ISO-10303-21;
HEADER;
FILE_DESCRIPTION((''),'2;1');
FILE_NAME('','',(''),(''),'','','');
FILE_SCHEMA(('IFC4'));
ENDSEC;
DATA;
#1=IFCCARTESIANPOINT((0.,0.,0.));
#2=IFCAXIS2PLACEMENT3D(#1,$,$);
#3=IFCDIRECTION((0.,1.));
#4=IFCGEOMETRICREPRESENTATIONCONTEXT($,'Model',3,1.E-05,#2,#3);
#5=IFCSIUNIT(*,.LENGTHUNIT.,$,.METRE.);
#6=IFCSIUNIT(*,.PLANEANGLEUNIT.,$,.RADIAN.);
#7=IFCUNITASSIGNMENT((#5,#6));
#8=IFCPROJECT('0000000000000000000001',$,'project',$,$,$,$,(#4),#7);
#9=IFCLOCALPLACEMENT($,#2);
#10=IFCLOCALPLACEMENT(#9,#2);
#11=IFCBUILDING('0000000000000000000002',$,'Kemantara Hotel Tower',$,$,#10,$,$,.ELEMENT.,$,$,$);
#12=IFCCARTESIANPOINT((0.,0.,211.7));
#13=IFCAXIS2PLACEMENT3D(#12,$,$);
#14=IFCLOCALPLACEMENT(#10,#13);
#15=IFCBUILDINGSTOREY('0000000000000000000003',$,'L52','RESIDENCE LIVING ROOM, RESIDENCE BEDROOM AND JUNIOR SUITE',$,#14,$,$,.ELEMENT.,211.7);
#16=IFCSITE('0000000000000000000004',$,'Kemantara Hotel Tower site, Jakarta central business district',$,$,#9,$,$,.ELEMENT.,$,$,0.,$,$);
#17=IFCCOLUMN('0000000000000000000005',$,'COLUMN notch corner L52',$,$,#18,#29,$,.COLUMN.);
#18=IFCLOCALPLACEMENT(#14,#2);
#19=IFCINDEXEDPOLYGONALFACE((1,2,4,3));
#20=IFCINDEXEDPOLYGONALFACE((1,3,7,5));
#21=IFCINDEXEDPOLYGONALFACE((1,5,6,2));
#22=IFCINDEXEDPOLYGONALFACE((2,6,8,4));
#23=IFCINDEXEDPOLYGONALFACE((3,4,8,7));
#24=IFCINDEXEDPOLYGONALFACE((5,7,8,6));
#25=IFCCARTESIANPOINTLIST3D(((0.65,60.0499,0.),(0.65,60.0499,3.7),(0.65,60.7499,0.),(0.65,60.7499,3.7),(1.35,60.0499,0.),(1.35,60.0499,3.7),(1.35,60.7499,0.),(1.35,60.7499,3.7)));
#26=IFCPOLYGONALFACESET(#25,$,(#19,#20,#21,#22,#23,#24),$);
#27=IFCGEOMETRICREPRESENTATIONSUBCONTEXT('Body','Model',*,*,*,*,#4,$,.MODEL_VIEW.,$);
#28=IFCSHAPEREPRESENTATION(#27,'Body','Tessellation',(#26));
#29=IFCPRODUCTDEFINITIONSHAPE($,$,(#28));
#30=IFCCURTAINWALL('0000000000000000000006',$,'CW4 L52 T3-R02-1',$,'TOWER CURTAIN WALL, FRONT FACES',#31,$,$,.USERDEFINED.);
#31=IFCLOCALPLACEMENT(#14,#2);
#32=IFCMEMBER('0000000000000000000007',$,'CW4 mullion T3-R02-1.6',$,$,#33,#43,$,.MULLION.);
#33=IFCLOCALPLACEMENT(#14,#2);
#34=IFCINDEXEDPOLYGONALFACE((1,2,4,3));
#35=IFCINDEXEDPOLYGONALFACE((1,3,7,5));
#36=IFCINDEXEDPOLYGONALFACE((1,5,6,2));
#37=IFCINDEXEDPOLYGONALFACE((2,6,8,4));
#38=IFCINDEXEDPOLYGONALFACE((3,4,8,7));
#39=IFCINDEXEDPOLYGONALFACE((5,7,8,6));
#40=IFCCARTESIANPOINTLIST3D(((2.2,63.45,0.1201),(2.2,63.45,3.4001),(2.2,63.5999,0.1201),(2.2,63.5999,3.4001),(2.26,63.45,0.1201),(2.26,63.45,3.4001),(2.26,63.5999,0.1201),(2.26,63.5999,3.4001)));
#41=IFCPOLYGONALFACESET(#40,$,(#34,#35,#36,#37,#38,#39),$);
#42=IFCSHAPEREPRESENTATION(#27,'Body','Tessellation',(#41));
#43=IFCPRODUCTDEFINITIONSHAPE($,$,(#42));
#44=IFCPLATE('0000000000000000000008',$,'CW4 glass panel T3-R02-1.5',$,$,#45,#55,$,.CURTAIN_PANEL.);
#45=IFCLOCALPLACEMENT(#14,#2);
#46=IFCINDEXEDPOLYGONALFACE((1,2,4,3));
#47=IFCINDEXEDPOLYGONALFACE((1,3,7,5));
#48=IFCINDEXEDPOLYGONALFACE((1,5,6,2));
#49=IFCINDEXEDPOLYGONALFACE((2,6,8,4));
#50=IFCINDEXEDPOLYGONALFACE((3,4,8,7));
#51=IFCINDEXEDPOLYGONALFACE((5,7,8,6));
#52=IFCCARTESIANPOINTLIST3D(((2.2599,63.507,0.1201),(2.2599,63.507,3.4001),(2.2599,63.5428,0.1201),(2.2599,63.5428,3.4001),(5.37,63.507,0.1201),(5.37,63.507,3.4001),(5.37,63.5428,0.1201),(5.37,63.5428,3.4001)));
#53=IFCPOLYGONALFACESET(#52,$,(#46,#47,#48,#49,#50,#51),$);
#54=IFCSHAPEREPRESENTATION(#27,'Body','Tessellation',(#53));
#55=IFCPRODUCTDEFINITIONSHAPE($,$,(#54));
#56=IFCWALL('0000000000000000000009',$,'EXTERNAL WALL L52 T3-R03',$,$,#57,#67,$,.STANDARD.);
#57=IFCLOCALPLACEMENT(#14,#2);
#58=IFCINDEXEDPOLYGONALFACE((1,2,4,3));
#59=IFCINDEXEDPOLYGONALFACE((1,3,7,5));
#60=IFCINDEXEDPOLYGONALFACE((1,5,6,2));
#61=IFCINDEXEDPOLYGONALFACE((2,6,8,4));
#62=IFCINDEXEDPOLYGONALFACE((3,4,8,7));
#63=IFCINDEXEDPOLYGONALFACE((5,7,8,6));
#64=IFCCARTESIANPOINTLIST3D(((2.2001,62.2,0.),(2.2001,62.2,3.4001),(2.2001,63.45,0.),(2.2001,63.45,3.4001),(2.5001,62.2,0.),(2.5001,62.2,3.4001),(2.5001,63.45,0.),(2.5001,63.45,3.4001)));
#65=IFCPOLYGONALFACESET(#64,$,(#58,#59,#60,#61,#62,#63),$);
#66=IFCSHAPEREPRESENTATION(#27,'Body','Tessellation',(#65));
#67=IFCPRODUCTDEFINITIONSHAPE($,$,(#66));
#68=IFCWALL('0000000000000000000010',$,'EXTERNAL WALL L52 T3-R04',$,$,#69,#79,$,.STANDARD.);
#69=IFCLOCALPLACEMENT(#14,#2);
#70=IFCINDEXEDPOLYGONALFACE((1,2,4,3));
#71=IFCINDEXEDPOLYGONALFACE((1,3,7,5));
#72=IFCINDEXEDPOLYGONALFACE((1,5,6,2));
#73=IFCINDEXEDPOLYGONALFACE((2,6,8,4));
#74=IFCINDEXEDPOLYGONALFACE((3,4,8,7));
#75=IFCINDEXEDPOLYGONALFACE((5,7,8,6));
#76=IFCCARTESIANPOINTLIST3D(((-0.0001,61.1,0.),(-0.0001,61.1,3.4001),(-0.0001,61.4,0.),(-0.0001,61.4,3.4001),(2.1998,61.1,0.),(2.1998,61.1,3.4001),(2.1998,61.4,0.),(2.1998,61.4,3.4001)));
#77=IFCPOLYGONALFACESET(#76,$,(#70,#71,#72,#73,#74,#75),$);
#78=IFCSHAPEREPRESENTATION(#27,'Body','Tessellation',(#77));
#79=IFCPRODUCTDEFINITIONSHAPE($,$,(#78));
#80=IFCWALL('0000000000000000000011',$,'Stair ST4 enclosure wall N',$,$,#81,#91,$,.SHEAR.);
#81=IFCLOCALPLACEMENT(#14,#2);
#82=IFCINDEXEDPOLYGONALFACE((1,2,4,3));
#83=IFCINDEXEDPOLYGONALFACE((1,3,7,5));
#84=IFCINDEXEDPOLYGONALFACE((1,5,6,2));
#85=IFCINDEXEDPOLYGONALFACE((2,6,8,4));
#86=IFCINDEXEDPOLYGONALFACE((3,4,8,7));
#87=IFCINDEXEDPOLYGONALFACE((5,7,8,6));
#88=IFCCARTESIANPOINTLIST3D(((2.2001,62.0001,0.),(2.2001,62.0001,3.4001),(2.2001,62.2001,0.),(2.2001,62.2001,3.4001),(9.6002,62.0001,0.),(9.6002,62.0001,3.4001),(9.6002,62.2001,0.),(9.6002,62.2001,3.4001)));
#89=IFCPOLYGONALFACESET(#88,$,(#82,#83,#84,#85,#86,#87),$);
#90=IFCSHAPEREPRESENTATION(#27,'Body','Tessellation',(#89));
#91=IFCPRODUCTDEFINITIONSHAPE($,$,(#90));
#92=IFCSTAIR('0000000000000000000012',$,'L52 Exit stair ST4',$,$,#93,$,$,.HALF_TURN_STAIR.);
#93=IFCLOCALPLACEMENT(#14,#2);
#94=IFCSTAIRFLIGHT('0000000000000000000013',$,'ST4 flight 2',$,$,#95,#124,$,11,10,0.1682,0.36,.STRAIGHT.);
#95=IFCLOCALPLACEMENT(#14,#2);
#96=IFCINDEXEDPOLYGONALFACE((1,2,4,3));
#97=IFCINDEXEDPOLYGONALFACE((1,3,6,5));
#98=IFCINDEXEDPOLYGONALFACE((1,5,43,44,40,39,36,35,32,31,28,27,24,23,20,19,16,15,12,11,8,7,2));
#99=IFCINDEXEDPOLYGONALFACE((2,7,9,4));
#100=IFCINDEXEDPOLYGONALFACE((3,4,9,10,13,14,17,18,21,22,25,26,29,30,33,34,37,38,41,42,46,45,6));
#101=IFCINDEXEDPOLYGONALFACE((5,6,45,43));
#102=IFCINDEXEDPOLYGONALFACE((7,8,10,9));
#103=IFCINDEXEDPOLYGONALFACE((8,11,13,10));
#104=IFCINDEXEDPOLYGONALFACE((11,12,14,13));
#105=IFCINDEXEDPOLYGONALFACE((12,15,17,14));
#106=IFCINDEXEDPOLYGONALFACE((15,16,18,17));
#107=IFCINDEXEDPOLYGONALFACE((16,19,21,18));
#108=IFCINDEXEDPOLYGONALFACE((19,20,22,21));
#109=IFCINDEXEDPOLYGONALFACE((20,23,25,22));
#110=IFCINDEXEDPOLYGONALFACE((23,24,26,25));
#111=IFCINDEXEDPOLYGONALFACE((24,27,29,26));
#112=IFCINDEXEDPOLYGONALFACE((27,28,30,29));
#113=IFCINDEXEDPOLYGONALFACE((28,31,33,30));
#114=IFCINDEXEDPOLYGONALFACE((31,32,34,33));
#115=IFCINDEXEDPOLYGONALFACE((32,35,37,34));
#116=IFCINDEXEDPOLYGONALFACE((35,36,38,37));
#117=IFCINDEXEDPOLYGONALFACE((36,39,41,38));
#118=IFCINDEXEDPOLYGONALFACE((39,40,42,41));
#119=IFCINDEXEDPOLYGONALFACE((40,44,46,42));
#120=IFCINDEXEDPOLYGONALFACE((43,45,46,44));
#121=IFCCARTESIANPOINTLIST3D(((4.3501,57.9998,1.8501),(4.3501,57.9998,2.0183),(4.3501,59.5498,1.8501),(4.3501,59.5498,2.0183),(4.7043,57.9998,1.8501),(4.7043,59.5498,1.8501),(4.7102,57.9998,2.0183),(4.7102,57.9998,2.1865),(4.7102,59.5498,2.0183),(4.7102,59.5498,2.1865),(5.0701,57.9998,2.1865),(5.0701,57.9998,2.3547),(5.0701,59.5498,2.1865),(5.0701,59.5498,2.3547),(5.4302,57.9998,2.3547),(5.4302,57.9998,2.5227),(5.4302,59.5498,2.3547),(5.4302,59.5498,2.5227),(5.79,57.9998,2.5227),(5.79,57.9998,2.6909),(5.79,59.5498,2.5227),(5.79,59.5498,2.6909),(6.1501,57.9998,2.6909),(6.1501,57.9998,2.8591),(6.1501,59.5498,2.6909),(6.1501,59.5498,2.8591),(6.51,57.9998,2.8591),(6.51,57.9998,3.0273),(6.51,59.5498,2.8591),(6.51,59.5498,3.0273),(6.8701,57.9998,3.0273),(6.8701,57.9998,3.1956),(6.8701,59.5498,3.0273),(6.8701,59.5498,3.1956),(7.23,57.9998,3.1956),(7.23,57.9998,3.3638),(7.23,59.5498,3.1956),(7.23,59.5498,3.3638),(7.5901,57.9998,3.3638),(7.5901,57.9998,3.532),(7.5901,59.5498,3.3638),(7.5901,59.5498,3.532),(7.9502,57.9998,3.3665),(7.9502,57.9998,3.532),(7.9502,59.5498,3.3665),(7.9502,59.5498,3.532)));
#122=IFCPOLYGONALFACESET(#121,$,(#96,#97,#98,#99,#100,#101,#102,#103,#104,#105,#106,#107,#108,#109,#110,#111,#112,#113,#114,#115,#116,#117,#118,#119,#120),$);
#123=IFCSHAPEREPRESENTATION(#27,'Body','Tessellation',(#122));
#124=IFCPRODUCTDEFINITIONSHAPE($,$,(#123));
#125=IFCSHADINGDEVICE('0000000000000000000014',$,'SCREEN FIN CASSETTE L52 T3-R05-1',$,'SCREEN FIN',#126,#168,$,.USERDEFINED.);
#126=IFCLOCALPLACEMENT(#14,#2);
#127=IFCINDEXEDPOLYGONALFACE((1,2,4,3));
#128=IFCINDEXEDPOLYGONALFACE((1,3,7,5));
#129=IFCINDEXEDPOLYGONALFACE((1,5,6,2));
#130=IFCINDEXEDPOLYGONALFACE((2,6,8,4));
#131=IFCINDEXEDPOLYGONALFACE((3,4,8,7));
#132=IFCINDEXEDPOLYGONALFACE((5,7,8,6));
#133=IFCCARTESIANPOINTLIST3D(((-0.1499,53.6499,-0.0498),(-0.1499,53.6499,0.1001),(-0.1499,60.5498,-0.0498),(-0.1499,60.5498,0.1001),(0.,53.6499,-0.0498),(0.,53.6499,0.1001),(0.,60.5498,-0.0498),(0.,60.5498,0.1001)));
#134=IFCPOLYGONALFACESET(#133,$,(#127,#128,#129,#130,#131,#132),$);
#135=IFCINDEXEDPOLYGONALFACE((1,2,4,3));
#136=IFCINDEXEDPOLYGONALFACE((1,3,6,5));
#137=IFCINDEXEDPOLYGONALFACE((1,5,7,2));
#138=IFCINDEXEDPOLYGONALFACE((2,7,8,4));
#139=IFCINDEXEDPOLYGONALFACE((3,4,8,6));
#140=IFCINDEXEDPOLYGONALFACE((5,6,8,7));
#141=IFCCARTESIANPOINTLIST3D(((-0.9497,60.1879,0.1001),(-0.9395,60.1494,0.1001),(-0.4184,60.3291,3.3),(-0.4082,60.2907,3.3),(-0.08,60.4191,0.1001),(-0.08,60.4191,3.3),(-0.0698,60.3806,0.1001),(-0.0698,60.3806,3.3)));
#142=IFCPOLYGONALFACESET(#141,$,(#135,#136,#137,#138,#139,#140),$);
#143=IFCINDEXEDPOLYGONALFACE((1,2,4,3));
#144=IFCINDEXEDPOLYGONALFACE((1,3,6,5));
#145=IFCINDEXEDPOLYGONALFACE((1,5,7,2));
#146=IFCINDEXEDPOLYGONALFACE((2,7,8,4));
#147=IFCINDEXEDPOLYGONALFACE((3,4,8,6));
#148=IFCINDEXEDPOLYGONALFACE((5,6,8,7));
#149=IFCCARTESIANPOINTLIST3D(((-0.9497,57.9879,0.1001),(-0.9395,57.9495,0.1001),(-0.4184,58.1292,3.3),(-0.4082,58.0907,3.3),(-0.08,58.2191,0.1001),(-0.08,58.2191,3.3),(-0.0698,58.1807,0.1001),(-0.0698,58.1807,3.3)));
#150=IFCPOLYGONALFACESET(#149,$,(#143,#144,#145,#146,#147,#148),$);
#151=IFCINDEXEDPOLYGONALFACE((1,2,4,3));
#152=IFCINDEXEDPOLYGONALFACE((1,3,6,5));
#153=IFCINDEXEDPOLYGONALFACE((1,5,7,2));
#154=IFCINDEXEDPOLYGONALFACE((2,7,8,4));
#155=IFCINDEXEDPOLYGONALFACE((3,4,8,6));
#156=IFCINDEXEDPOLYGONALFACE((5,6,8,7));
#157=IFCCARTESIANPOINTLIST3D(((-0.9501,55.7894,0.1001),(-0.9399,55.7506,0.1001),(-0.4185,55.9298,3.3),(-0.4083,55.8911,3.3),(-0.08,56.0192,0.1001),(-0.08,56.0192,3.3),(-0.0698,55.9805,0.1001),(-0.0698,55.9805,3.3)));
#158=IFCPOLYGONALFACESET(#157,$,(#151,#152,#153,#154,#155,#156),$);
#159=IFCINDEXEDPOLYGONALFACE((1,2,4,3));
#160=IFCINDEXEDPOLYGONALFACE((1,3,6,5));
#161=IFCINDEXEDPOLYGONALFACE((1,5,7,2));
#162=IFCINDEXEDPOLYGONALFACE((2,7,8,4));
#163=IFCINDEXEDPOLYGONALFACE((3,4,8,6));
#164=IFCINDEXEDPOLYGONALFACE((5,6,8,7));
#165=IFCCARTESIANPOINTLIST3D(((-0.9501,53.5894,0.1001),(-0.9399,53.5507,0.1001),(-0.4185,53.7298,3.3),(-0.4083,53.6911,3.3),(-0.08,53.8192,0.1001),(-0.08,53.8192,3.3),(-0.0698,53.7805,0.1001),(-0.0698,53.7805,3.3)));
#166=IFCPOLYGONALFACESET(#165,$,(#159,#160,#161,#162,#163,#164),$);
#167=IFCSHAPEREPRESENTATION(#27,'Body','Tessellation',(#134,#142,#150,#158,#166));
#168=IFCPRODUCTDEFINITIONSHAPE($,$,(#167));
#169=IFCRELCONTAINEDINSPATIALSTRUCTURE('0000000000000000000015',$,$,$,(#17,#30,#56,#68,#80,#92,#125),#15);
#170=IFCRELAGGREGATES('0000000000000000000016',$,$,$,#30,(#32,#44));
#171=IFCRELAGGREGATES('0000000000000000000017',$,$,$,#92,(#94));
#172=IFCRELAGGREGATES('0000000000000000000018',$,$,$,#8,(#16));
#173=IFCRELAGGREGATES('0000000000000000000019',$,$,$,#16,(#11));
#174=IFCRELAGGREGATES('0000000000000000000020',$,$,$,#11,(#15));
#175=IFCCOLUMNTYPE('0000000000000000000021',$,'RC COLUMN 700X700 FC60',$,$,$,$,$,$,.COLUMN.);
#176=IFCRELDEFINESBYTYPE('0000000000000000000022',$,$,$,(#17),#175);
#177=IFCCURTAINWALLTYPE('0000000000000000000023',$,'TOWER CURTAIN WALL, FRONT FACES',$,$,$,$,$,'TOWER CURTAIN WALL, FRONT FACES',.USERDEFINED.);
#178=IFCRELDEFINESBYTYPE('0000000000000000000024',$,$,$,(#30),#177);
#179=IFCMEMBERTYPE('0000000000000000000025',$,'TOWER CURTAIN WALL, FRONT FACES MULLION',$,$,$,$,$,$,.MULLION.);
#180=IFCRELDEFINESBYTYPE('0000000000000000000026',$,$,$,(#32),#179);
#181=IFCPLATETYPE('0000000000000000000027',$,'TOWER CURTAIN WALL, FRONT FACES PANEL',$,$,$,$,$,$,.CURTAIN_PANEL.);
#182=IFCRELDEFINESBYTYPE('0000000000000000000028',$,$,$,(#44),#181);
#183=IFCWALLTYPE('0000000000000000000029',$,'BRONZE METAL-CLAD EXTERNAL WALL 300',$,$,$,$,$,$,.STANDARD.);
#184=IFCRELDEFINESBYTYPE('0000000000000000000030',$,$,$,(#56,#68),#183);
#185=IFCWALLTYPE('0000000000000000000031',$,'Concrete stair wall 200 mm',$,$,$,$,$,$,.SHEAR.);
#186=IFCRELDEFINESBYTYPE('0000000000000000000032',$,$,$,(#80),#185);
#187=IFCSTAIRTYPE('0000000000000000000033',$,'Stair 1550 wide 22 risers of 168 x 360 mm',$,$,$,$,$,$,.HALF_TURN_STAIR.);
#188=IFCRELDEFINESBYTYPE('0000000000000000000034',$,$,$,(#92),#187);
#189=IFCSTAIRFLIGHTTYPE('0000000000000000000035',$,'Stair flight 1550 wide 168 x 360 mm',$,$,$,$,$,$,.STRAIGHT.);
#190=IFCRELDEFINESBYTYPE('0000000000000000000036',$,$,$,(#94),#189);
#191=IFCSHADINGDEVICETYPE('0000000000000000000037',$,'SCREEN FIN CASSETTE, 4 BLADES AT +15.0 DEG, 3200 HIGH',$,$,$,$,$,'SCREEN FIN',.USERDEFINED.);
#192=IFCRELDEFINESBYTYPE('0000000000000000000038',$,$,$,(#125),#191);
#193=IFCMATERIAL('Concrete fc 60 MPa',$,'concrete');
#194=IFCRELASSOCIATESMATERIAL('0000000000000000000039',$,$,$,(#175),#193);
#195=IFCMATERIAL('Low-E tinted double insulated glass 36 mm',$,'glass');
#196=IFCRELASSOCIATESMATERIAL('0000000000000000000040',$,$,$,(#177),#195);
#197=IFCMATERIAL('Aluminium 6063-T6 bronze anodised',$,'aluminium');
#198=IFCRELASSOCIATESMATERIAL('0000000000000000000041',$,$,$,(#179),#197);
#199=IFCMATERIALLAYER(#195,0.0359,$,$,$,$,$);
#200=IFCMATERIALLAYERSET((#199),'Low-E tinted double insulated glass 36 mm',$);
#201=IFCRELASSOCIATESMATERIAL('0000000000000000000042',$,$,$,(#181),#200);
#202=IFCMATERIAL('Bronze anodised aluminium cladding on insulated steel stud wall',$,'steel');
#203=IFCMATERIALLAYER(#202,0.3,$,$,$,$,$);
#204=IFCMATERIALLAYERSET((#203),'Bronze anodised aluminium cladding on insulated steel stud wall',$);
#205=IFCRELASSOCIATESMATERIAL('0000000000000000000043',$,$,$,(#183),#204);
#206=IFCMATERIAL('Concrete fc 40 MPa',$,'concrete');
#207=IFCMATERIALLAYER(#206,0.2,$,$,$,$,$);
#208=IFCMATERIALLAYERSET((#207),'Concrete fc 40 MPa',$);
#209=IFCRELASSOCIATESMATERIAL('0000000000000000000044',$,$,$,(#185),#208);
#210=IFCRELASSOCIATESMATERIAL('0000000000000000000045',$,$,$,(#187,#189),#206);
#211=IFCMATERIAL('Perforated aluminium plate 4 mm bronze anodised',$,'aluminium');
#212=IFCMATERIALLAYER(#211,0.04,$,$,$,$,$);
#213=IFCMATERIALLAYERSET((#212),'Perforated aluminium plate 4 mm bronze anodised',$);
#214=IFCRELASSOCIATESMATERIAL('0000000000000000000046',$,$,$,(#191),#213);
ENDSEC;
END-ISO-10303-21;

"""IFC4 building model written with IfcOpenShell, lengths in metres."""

from ifc_helpers import new_model, si_unit, direction, frame, frame_2d, origin, origin_2d, place, context, subcontext, project, spatial, polyline, rectangle, outline, extrude, source, transform, mapped, material, layer, layer_set, material_profile, profile_set, type_object, element, aggregate, save


model = new_model("IFC4")

# Units and contexts
model_context = context("Model", 3, precision=1e-05, world=origin(), true_north=direction((0.0, 1.0)))
body_context = subcontext(model_context, "Body", "Model", "MODEL_VIEW")
ifc_project = project(units=[si_unit("LENGTHUNIT", "METRE"), si_unit("PLANEANGLEUNIT", "RADIAN")], contexts=[model_context])

# Site, building, storey
site_placement = place(None, origin())
site = spatial("IfcSite", under=ifc_project, at=site_placement, Name="Kemantara Hotel Tower site, Jakarta central business district", CompositionType="ELEMENT", RefElevation=0.0)
building_placement = place(site_placement, origin())
building = spatial("IfcBuilding", under=site, at=building_placement, Name="Kemantara Hotel Tower", CompositionType="ELEMENT")
storey_placement = place(building_placement, frame((0.0, 0.0, 211.7)))
storey = spatial("IfcBuildingStorey", under=building, at=storey_placement, Name="L52", Description="RESIDENCE LIVING ROOM, RESIDENCE BEDROOM AND JUNIOR SUITE", CompositionType="ELEMENT", Elevation=211.7)

# Column
ifc_material_1 = material(Name="Concrete fc 60 MPa", Category="concrete")
ifc_material_profile_1 = material_profile(ifc_material_1, rectangle(XDim=0.7, YDim=0.7, at=origin_2d()), Name="RC 700X700")
ifc_profile_set_1 = profile_set([ifc_material_profile_1], Name="Concrete fc 60 MPa")
column_type = type_object("IfcColumnType", Name="RC COLUMN 700X700 FC60", PredefinedType="COLUMN", material=ifc_profile_set_1)
column_placement = place(storey_placement, frame((1.0, 60.3999, 0.0), z_axis=(0.0, 0.0, 1.0), x_axis=(1.0, 0.0, 0.0)))
element("IfcColumn", 1, at=column_placement, inside=storey, type_object=column_type, Name="COLUMN notch corner L52", PredefinedType="COLUMN", context=body_context, shape_type="SweptSolid", body=[
    extrude(rectangle(XDim=0.7, YDim=0.7, at=origin_2d()), origin(), (0.0, 0.0, 1.0), 3.7),
])

# Curtain wall, member, plate
ifc_material_2 = material(Name="Low-E tinted double insulated glass 36 mm", Category="glass")
curtain_wall_type = type_object("IfcCurtainWallType", Name="TOWER CURTAIN WALL, FRONT FACES", ElementType="TOWER CURTAIN WALL, FRONT FACES", PredefinedType="USERDEFINED", material=ifc_material_2)
curtain_wall_placement = place(storey_placement, origin())
curtain_wall = element("IfcCurtainWall", 2, at=curtain_wall_placement, inside=storey, type_object=curtain_wall_type, Name="CW4 L52 T3-R02-1", ObjectType="TOWER CURTAIN WALL, FRONT FACES", PredefinedType="USERDEFINED")
ifc_material_3 = material(Name="Aluminium 6063-T6 bronze anodised", Category="aluminium")
ifc_material_profile_2 = material_profile(ifc_material_3, rectangle(XDim=0.1499, YDim=0.0601, at=origin_2d()), Name="TOWER CURTAIN WALL, FRONT FACES MULLION")
ifc_profile_set_2 = profile_set([ifc_material_profile_2], Name="Aluminium 6063-T6 bronze anodised")
member_type = type_object("IfcMemberType", Name="TOWER CURTAIN WALL, FRONT FACES MULLION", PredefinedType="MULLION", material=ifc_profile_set_2)
shared_shape_1 = source(origin(), body_context, "Body", "SweptSolid", [
    extrude(rectangle(XDim=0.1499, YDim=0.0601, at=origin_2d()), origin(), (0.0, 0.0, 1.0), 3.28),
])
member_placement = place(storey_placement, frame((2.23, 63.5249, 0.1201), z_axis=(0.0, 0.0, 1.0), x_axis=(0.0, -1.0, 0.0)))
member = element("IfcMember", 3, at=member_placement, type_object=member_type, Name="CW4 mullion T3-R02-1.6", PredefinedType="MULLION", context=body_context, shape_type="MappedRepresentation", body=[
    mapped(shared_shape_1, transform((0.0, 0.0, 0.0))),
])
ifc_layer_1 = layer(ifc_material_2, 0.0359)
ifc_layer_set_1 = layer_set([ifc_layer_1], Name="Low-E tinted double insulated glass 36 mm")
plate_type = type_object("IfcPlateType", Name="TOWER CURTAIN WALL, FRONT FACES PANEL", PredefinedType="CURTAIN_PANEL", material=ifc_layer_set_1)
shared_shape_2 = source(origin(), body_context, "Body", "SweptSolid", [
    extrude(rectangle(XDim=3.1101, YDim=0.0359, at=origin_2d()), origin(), (0.0, 0.0, 1.0), 3.28),
])
plate_placement = place(storey_placement, frame((3.8149, 63.5249, 0.1201), z_axis=(0.0, 0.0, 1.0), x_axis=(-1.0, 0.0, 0.0)))
plate = element("IfcPlate", 4, at=plate_placement, type_object=plate_type, Name="CW4 glass panel T3-R02-1.5", PredefinedType="CURTAIN_PANEL", context=body_context, shape_type="MappedRepresentation", body=[
    mapped(shared_shape_2, transform((0.0, 0.0, 0.0))),
])
aggregate(curtain_wall, [member, plate])

# Walls
ifc_material_4 = material(Name="Bronze anodised aluminium cladding on insulated steel stud wall", Category="steel")
ifc_layer_2 = layer(ifc_material_4, 0.3)
ifc_layer_set_2 = layer_set([ifc_layer_2], Name="Bronze anodised aluminium cladding on insulated steel stud wall")
wall_type_1 = type_object("IfcWallType", Name="BRONZE METAL-CLAD EXTERNAL WALL 300", PredefinedType="STANDARD", material=ifc_layer_set_2)
wall_1_placement = place(storey_placement, frame((2.3501, 63.45, 0.0), z_axis=(0.0, 0.0, 1.0), x_axis=(0.0, -1.0, 0.0)))
element("IfcWall", 5, at=wall_1_placement, inside=storey, type_object=wall_type_1, Name="EXTERNAL WALL L52 T3-R03", PredefinedType="STANDARD", context=body_context, shape_type="SweptSolid", body=[
    extrude(rectangle(XDim=1.25, YDim=0.3, at=frame_2d((0.625, 0.0))), origin(), (0.0, 0.0, 1.0), 3.4001),
])
wall_2_placement = place(storey_placement, frame((2.2, 61.25, 0.0), z_axis=(0.0, 0.0, 1.0), x_axis=(-1.0, 0.0, 0.0)))
element("IfcWall", 6, at=wall_2_placement, inside=storey, type_object=wall_type_1, Name="EXTERNAL WALL L52 T3-R04", PredefinedType="STANDARD", context=body_context, shape_type="SweptSolid", body=[
    extrude(rectangle(XDim=2.2, YDim=0.3, at=frame_2d((1.1001, 0.0))), origin(), (0.0, 0.0, 1.0), 3.4001),
])

# Wall
ifc_material_5 = material(Name="Concrete fc 40 MPa", Category="concrete")
ifc_layer_3 = layer(ifc_material_5, 0.2)
ifc_layer_set_3 = layer_set([ifc_layer_3], Name="Concrete fc 40 MPa")
wall_type_2 = type_object("IfcWallType", Name="Concrete stair wall 200 mm", PredefinedType="SHEAR", material=ifc_layer_set_3)
wall_3_placement = place(storey_placement, frame((2.2, 62.1001, 0.0), z_axis=(0.0, 0.0, 1.0), x_axis=(1.0, 0.0, 0.0)))
element("IfcWall", 7, at=wall_3_placement, inside=storey, type_object=wall_type_2, Name="Stair ST4 enclosure wall N", PredefinedType="SHEAR", context=body_context, shape_type="SweptSolid", body=[
    extrude(rectangle(XDim=7.4001, YDim=0.2, at=frame_2d((3.7002, 0.0))), origin(), (0.0, 0.0, 1.0), 3.4001),
])

# Stair, stair flight
stair_type = type_object("IfcStairType", Name="Stair 1550 wide 22 risers of 168 x 360 mm", PredefinedType="HALF_TURN_STAIR", material=ifc_material_5)
stair_placement = place(storey_placement, origin())
stair = element("IfcStair", 8, at=stair_placement, inside=storey, type_object=stair_type, Name="L52 Exit stair ST4", PredefinedType="HALF_TURN_STAIR")
stair_flight_type = type_object("IfcStairFlightType", Name="Stair flight 1550 wide 168 x 360 mm", PredefinedType="STRAIGHT", material=ifc_material_5)
stair_flight_placement = place(storey_placement, frame((4.3501, 58.7749, 1.8501), z_axis=(0.0, 0.0, 1.0), x_axis=(1.0, 0.0, 0.0)))
stair_flight = element("IfcStairFlight", 9, at=stair_flight_placement, type_object=stair_flight_type, Name="ST4 flight 2", NumberOfRisers=11, NumberOfTreads=10, PredefinedType="STRAIGHT", RiserHeight=0.1682, TreadLength=0.36, context=body_context, shape_type="SweptSolid", body=[
    extrude(outline(polyline([(0.0, 0.0), (0.0, 0.1682), (0.3601, 0.1682), (0.3601, 0.3364), (0.72, 0.3364), (0.72, 0.5046), (1.0801, 0.5046), (1.0801, 0.6726), (1.4399, 0.6726), (1.4399, 0.8408), (1.8, 0.8408), (1.8, 1.009), (2.1599, 1.009), (2.1599, 1.1772), (2.52, 1.1772), (2.52, 1.3455), (2.8799, 1.3455), (2.8799, 1.5137), (3.24, 1.5137), (3.24, 1.6819), (3.6001, 1.6819), (3.6001, 1.8501), (3.6001, 1.5164), (0.3542, 0.0), (0.0, 0.0)])), frame((0.0, 0.7749, 0.0), z_axis=(0.0, -1.0, 0.0), x_axis=(1.0, 0.0, 0.0)), (0.0, 0.0, 1.0), 1.55),
])
aggregate(stair, [stair_flight])

# Shading device
ifc_material_6 = material(Name="Perforated aluminium plate 4 mm bronze anodised", Category="aluminium")
ifc_layer_4 = layer(ifc_material_6, 0.04)
ifc_layer_set_4 = layer_set([ifc_layer_4], Name="Perforated aluminium plate 4 mm bronze anodised")
shading_device_type = type_object("IfcShadingDeviceType", Name="SCREEN FIN CASSETTE, 4 BLADES AT +15.0 DEG, 3200 HIGH", ElementType="SCREEN FIN", PredefinedType="USERDEFINED", material=ifc_layer_set_4)
shared_shape_3 = source(origin(), body_context, "Body", "SweptSolid", [
    extrude(rectangle(XDim=6.8999, YDim=0.1499, at=origin_2d()), frame((3.3, -0.075, -0.1499), z_axis=(0.0, 0.0, 1.0), x_axis=(1.0, 0.0, 0.0)), (0.0, 0.0, 1.0), 0.1499),
    extrude(outline(polyline([(0.0, 0.0), (0.8999, 0.0), (0.3501, 3.2), (0.0, 3.2), (0.0, 0.0)])), frame((0.0193, -0.0698, 0.0), z_axis=(-0.966438, -0.256901, 0.0), x_axis=(0.256901, -0.966438, 0.0)), (0.0, 0.0, 1.0), 0.0398),
    extrude(outline(polyline([(0.0, 0.0), (0.8999, 0.0), (0.3501, 3.2), (0.0, 3.2), (0.0, 0.0)])), frame((2.2192, -0.0698, 0.0), z_axis=(-0.966438, -0.256901, 0.0), x_axis=(0.256901, -0.966438, 0.0)), (0.0, 0.0, 1.0), 0.0398),
    extrude(outline(polyline([(0.0, 0.0), (0.8999, 0.0), (0.3501, 3.2), (0.0, 3.2), (0.0, 0.0)])), frame((4.4194, -0.0698, 0.0), z_axis=(-0.966838, -0.255391, 0.0), x_axis=(0.255391, -0.966838, 0.0)), (0.0, 0.0, 1.0), 0.04),
    extrude(outline(polyline([(0.0, 0.0), (0.8999, 0.0), (0.3501, 3.2), (0.0, 3.2), (0.0, 0.0)])), frame((6.6194, -0.0698, 0.0), z_axis=(-0.966838, -0.255391, 0.0), x_axis=(0.255391, -0.966838, 0.0)), (0.0, 0.0, 1.0), 0.04),
])
shading_device_placement = place(storey_placement, frame((0.0, 60.3999, 0.1001), z_axis=(0.0, 0.0, 1.0), x_axis=(0.0, -1.0, 0.0)))
element("IfcShadingDevice", 10, at=shading_device_placement, inside=storey, type_object=shading_device_type, Name="SCREEN FIN CASSETTE L52 T3-R05-1", ObjectType="SCREEN FIN", PredefinedType="USERDEFINED", context=body_context, shape_type="MappedRepresentation", body=[
    mapped(shared_shape_3, transform((0.0, 0.0, 0.0))),
])

save(model, "model.ifc")
